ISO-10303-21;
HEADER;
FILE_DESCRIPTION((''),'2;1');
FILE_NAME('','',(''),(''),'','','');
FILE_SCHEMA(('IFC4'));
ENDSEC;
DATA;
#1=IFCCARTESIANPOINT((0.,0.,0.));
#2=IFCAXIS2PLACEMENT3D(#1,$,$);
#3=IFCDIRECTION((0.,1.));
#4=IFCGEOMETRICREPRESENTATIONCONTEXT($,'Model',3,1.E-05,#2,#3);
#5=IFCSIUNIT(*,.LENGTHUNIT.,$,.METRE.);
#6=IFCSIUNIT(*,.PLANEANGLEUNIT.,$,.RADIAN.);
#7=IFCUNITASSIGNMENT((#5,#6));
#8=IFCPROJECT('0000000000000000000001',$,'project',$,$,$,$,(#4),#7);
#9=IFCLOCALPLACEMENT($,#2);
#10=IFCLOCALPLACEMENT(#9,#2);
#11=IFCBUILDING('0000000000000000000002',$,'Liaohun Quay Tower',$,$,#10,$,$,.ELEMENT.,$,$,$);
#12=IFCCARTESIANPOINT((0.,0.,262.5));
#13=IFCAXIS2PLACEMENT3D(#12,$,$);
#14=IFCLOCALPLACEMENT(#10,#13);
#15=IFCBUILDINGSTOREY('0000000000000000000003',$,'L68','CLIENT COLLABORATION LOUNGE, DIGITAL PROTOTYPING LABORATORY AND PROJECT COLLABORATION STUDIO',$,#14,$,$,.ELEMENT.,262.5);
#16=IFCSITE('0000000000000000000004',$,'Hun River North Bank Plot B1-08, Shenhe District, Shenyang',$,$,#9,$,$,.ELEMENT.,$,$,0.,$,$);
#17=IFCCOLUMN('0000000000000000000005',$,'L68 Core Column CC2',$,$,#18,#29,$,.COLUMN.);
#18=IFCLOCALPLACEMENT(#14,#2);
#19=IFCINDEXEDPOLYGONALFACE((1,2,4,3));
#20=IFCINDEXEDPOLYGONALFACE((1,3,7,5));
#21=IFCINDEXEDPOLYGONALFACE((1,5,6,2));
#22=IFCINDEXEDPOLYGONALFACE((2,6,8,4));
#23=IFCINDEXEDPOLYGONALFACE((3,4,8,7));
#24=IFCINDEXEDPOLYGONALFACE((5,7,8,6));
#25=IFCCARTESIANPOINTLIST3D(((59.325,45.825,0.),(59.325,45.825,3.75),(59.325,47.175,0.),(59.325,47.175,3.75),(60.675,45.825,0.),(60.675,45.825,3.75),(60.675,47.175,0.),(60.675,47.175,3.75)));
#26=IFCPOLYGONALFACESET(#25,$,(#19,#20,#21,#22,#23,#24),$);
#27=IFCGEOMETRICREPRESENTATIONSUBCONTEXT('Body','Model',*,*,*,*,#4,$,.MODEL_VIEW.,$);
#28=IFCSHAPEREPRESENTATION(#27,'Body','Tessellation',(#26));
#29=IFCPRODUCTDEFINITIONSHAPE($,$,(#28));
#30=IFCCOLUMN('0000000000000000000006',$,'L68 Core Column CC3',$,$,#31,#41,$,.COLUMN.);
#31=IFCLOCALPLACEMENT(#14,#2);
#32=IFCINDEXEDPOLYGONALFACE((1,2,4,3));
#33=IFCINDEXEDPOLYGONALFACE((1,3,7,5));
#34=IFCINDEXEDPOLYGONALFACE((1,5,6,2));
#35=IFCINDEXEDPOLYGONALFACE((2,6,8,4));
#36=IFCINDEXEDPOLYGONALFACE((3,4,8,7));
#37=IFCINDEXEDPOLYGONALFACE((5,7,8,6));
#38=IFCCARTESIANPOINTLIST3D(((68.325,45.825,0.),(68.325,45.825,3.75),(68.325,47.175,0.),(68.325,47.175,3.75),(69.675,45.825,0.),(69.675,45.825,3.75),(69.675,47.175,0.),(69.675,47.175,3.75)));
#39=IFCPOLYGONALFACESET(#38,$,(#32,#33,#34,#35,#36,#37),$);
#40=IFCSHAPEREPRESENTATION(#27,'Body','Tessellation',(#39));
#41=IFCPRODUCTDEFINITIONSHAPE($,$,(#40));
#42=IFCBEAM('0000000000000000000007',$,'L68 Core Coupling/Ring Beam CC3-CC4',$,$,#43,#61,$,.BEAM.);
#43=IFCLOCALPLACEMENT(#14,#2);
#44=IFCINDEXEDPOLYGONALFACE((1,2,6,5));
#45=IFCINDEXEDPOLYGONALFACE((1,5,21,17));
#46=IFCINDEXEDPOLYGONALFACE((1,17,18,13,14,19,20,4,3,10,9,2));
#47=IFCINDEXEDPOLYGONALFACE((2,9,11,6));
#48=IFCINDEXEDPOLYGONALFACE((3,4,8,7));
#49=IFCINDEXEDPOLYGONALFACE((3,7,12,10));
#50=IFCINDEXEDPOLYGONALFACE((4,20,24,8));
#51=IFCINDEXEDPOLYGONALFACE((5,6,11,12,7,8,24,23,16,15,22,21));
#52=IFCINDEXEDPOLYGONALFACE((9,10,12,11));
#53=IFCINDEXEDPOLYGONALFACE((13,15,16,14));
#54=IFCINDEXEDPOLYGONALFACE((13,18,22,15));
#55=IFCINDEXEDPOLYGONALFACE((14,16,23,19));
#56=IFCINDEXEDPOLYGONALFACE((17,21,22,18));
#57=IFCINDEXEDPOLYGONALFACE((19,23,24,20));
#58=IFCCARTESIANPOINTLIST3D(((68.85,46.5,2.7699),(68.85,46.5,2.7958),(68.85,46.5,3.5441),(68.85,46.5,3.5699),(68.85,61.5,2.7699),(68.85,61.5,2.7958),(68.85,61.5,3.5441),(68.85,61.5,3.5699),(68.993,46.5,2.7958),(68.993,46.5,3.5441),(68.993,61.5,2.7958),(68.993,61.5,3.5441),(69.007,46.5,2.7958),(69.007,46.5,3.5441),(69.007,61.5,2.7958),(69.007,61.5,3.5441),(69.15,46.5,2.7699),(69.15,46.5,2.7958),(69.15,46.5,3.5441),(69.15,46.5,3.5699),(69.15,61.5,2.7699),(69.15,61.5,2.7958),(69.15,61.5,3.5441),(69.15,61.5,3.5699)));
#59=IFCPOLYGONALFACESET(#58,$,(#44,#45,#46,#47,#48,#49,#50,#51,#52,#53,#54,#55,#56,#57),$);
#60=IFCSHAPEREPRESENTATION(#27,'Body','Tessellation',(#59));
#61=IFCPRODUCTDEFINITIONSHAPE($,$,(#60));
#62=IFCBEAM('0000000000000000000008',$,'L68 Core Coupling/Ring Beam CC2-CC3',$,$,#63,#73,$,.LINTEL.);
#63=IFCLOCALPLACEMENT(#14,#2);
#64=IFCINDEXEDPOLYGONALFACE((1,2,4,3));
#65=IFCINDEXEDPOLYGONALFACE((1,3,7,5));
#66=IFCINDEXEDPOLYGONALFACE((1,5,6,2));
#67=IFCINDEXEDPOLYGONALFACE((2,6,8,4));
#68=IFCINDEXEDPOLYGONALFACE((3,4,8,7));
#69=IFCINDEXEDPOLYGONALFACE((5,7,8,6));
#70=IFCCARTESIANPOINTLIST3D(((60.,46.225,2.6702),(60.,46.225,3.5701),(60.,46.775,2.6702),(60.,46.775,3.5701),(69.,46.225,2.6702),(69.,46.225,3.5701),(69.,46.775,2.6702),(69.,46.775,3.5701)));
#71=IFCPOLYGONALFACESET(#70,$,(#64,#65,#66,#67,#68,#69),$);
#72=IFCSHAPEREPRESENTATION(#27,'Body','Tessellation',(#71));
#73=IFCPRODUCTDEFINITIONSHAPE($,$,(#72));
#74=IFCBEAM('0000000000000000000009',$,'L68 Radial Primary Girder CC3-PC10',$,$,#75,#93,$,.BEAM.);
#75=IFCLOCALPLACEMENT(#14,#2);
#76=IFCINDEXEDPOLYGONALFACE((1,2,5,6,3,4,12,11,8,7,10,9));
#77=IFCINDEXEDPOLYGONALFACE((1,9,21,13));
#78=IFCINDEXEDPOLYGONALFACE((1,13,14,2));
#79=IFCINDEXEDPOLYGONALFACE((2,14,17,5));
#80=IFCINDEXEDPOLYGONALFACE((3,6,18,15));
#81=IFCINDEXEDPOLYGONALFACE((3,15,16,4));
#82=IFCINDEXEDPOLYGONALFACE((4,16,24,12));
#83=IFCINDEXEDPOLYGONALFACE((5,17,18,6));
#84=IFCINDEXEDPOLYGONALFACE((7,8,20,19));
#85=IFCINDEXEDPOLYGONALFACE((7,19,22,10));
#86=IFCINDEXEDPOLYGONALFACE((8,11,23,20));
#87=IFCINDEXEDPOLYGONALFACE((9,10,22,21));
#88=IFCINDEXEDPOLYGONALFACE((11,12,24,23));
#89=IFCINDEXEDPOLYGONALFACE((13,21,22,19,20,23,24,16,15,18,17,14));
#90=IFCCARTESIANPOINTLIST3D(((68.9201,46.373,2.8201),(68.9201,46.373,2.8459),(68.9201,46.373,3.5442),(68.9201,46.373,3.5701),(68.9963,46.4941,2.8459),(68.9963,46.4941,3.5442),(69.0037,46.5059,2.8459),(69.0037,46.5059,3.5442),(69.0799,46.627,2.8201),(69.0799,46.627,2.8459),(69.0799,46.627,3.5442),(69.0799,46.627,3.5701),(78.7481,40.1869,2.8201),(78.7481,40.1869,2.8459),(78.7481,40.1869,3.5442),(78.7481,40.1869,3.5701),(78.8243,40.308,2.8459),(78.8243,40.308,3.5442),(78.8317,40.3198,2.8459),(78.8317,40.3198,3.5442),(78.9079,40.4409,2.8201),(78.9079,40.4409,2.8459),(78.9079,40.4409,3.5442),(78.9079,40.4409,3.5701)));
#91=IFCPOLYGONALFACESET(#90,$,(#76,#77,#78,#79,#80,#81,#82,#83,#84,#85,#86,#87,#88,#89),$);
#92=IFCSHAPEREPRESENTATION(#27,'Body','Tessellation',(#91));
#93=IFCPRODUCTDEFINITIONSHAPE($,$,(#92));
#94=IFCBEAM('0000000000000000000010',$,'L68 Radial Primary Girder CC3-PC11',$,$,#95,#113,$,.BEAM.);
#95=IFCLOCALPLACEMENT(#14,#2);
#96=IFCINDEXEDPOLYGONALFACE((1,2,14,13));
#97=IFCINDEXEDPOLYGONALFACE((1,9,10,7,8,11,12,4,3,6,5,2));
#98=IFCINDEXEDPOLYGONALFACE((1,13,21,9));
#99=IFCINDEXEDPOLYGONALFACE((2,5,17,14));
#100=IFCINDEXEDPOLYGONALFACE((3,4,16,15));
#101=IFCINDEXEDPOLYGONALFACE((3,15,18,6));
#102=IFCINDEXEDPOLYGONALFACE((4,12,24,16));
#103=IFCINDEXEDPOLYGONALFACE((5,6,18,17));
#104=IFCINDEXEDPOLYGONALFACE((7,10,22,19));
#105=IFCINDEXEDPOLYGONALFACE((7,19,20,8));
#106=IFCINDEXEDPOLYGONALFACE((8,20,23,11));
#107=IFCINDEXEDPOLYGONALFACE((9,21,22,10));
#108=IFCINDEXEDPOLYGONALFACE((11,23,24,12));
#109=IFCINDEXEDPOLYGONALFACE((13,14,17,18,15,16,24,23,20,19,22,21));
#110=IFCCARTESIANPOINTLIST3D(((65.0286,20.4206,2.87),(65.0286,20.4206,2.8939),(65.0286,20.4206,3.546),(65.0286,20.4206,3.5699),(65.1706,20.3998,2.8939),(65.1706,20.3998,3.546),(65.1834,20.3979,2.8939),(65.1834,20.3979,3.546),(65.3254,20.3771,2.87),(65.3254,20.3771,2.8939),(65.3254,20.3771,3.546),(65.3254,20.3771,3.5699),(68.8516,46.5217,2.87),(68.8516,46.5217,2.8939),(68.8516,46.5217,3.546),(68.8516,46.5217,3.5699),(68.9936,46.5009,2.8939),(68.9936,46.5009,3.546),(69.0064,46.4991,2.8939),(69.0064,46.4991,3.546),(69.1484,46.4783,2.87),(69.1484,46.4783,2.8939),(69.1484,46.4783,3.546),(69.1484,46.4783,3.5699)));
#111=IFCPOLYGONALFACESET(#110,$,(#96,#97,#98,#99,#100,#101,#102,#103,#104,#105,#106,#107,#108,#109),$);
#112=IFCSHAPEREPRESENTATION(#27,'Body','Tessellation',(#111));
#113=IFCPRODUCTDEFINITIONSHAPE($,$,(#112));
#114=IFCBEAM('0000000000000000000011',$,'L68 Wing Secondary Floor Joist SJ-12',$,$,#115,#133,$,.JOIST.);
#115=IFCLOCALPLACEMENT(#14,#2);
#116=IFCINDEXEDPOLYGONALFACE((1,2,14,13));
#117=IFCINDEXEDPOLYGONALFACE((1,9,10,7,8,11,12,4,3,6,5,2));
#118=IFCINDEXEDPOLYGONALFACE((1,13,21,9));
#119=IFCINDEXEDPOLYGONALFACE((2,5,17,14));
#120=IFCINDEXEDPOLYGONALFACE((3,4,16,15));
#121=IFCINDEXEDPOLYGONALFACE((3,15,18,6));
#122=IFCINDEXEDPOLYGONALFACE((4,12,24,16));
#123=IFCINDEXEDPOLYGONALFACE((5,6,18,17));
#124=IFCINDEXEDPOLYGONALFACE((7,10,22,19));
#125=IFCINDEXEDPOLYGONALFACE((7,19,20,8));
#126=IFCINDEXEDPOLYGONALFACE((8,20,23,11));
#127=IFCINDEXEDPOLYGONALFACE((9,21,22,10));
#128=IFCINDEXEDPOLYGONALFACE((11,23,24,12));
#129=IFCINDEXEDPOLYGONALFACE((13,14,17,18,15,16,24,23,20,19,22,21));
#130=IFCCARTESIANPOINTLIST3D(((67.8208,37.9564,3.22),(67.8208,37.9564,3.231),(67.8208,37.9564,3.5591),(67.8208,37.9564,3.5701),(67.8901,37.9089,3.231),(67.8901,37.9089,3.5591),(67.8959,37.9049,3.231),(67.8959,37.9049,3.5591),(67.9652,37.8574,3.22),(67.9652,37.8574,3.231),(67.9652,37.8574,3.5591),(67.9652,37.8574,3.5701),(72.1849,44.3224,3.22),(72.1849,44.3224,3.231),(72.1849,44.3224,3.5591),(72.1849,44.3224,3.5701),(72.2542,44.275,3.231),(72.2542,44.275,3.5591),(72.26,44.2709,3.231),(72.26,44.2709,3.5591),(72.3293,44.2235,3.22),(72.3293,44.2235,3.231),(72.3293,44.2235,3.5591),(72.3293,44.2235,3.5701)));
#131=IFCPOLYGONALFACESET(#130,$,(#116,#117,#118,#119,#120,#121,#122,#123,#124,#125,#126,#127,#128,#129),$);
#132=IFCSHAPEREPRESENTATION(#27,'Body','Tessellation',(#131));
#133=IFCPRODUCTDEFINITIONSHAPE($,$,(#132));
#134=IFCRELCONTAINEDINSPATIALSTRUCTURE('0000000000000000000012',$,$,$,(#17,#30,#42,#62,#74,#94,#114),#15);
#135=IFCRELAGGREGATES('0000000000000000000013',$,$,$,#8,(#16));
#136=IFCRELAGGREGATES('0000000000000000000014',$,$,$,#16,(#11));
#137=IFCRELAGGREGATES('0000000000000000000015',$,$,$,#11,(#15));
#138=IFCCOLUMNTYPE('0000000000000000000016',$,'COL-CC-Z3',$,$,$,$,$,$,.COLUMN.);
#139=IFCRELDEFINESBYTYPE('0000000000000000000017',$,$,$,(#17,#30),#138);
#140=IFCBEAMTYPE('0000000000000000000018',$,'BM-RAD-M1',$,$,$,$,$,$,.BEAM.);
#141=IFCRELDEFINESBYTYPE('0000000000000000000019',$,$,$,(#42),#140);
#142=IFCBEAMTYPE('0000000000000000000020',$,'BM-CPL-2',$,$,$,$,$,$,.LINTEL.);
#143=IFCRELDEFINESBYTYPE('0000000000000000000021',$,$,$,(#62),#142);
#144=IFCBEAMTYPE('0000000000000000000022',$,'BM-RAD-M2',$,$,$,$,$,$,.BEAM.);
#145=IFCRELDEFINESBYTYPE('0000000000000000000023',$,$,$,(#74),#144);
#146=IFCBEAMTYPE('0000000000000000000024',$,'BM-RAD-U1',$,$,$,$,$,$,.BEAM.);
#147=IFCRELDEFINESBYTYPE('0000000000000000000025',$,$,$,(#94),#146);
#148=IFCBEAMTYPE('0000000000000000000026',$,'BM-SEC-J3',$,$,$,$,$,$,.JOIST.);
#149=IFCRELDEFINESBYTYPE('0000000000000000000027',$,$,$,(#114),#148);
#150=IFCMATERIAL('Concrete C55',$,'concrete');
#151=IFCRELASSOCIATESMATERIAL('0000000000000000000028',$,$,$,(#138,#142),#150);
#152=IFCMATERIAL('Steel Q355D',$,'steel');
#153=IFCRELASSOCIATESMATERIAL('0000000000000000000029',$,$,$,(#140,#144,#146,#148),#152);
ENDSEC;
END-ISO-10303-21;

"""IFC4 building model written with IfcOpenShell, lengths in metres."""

from ifc_helpers import new_model, si_unit, direction, frame, origin, origin_2d, place, context, subcontext, project, spatial, rectangle, i_section, extrude, source, transform, mapped, material, material_profile, profile_set, type_object, element, save


model = new_model("IFC4")

# Units and contexts
model_context = context("Model", 3, precision=1e-05, world=origin(), true_north=direction((0.0, 1.0)))
body_context = subcontext(model_context, "Body", "Model", "MODEL_VIEW")
ifc_project = project(units=[si_unit("LENGTHUNIT", "METRE"), si_unit("PLANEANGLEUNIT", "RADIAN")], contexts=[model_context])

# Site, building, storey
site_placement = place(None, origin())
site = spatial("IfcSite", under=ifc_project, at=site_placement, Name="Hun River North Bank Plot B1-08, Shenhe District, Shenyang", CompositionType="ELEMENT", RefElevation=0.0)
building_placement = place(site_placement, origin())
building = spatial("IfcBuilding", under=site, at=building_placement, Name="Liaohun Quay Tower", CompositionType="ELEMENT")
storey_placement = place(building_placement, frame((0.0, 0.0, 262.5)))
storey = spatial("IfcBuildingStorey", under=building, at=storey_placement, Name="L68", Description="CLIENT COLLABORATION LOUNGE, DIGITAL PROTOTYPING LABORATORY AND PROJECT COLLABORATION STUDIO", CompositionType="ELEMENT", Elevation=262.5)

# Columns
ifc_material_1 = material(Name="Concrete C55", Category="concrete")
ifc_material_profile_1 = material_profile(ifc_material_1, rectangle(XDim=1.3501, YDim=1.3501, at=origin_2d()), Name="RC1350x1350")
ifc_profile_set_1 = profile_set([ifc_material_profile_1], Name="Concrete C55")
column_type = type_object("IfcColumnType", Name="COL-CC-Z3", PredefinedType="COLUMN", material=ifc_profile_set_1)
shared_shape_1 = source(origin(), body_context, "Body", "SweptSolid", [
    extrude(rectangle(XDim=1.3501, YDim=1.3501, at=origin_2d()), origin(), (0.0, 0.0, 1.0), 3.75),
])
for number, where, z_axis, x_axis, name in (
    (1, (60.0, 46.5, 0.0), (0.0, 0.0, 1.0), (1.0, 0.0, 0.0), "L68 Core Column CC2"),
    (2, (69.0, 46.5, 0.0), (0.0, 0.0, 1.0), (1.0, 0.0, 0.0), "L68 Core Column CC3"),
):
    element("IfcColumn", number, at=place(storey_placement, frame(where, z_axis=z_axis, x_axis=x_axis)), inside=storey, type_object=column_type, Name=name, PredefinedType="COLUMN", context=body_context, shape_type="MappedRepresentation", body=[
        mapped(shared_shape_1, transform((0.0, 0.0, 0.0), x_axis=(1.0, 0.0, 0.0), y_axis=(0.0, 1.0, 0.0), z_axis=(0.0, 0.0, 1.0), scale=1.0)),
    ])

# Beams
ifc_material_2 = material(Name="Steel Q355D", Category="steel")
ifc_material_profile_2 = material_profile(ifc_material_2, i_section(OverallWidth=0.3, OverallDepth=0.8, WebThickness=0.0139, FlangeThickness=0.0259, at=origin_2d()), Name="HN800x300x14x26")
ifc_profile_set_2 = profile_set([ifc_material_profile_2], Name="Steel Q355D")
beam_type_1 = type_object("IfcBeamType", Name="BM-RAD-M1", PredefinedType="BEAM", material=ifc_profile_set_2)
shared_shape_2 = source(origin(), body_context, "Body", "SweptSolid", [
    extrude(i_section(OverallWidth=0.3, OverallDepth=0.8, WebThickness=0.0139, FlangeThickness=0.0259, at=origin_2d()), origin(), (0.0, 0.0, 1.0), 15.0),
])
beam_1_placement = place(storey_placement, frame((69.0, 46.5, 3.1699), z_axis=(0.0, 1.0, 0.0), x_axis=(-1.0, 0.0, 0.0)))
element("IfcBeam", 3, at=beam_1_placement, inside=storey, type_object=beam_type_1, Name="L68 Core Coupling/Ring Beam CC3-CC4", PredefinedType="BEAM", context=body_context, shape_type="MappedRepresentation", body=[
    mapped(shared_shape_2, transform((0.0, 0.0, 0.0), x_axis=(1.0, 0.0, 0.0), y_axis=(0.0, 1.0, 0.0), z_axis=(0.0, 0.0, 1.0), scale=1.0)),
])
ifc_material_profile_3 = material_profile(ifc_material_1, rectangle(XDim=0.55, YDim=0.8999, at=origin_2d()), Name="RC550x900")
ifc_profile_set_3 = profile_set([ifc_material_profile_3], Name="Concrete C55")
beam_type_2 = type_object("IfcBeamType", Name="BM-CPL-2", PredefinedType="LINTEL", material=ifc_profile_set_3)
shared_shape_3 = source(origin(), body_context, "Body", "SweptSolid", [
    extrude(rectangle(XDim=0.55, YDim=0.8999, at=origin_2d()), origin(), (0.0, 0.0, 1.0), 9.0),
])
beam_2_placement = place(storey_placement, frame((60.0, 46.5, 3.1201), z_axis=(1.0, 0.0, 0.0), x_axis=(0.0, 1.0, 0.0)))
element("IfcBeam", 4, at=beam_2_placement, inside=storey, type_object=beam_type_2, Name="L68 Core Coupling/Ring Beam CC2-CC3", PredefinedType="LINTEL", context=body_context, shape_type="MappedRepresentation", body=[
    mapped(shared_shape_3, transform((0.0, 0.0, 0.0), x_axis=(1.0, 0.0, 0.0), y_axis=(0.0, 1.0, 0.0), z_axis=(0.0, 0.0, 1.0), scale=1.0)),
])
ifc_material_profile_4 = material_profile(ifc_material_2, i_section(OverallWidth=0.3, OverallDepth=0.75, WebThickness=0.0139, FlangeThickness=0.0259, at=origin_2d()), Name="HN750x300x14x26")
ifc_profile_set_4 = profile_set([ifc_material_profile_4], Name="Steel Q355D")
beam_type_3 = type_object("IfcBeamType", Name="BM-RAD-M2", PredefinedType="BEAM", material=ifc_profile_set_4)
shared_shape_4 = source(origin(), body_context, "Body", "SweptSolid", [
    extrude(i_section(OverallWidth=0.3, OverallDepth=0.75, WebThickness=0.0139, FlangeThickness=0.0259, at=origin_2d()), origin(), (0.0, 0.0, 1.0), 11.6128),
])
beam_3_placement = place(storey_placement, frame((69.0, 46.5, 3.1951), z_axis=(0.846306, -0.532697, 0.0), x_axis=(0.532697, 0.846306, 0.0)))
element("IfcBeam", 5, at=beam_3_placement, inside=storey, type_object=beam_type_3, Name="L68 Radial Primary Girder CC3-PC10", PredefinedType="BEAM", context=body_context, shape_type="MappedRepresentation", body=[
    mapped(shared_shape_4, transform((0.0, 0.0, 0.0), x_axis=(1.0, 0.0, 0.0), y_axis=(0.0, 1.0, 0.0), z_axis=(0.0, 0.0, 1.0), scale=1.0)),
])
ifc_material_profile_5 = material_profile(ifc_material_2, i_section(OverallWidth=0.3, OverallDepth=0.7, WebThickness=0.0129, FlangeThickness=0.0239, at=origin_2d()), Name="HN700x300x13x24")
ifc_profile_set_5 = profile_set([ifc_material_profile_5], Name="Steel Q355D")
beam_type_4 = type_object("IfcBeamType", Name="BM-RAD-U1", PredefinedType="BEAM", material=ifc_profile_set_5)
shared_shape_5 = source(origin(), body_context, "Body", "SweptSolid", [
    extrude(i_section(OverallWidth=0.3, OverallDepth=0.7, WebThickness=0.0129, FlangeThickness=0.0239, at=origin_2d()), origin(), (0.0, 0.0, 1.0), 26.3796),
])
beam_4_placement = place(storey_placement, frame((69.0, 46.5, 3.22), z_axis=(-0.144923, -0.989443, 0.0), x_axis=(0.989443, -0.144923, 0.0)))
element("IfcBeam", 6, at=beam_4_placement, inside=storey, type_object=beam_type_4, Name="L68 Radial Primary Girder CC3-PC11", PredefinedType="BEAM", context=body_context, shape_type="MappedRepresentation", body=[
    mapped(shared_shape_5, transform((0.0, 0.0, 0.0), x_axis=(1.0, 0.0, 0.0), y_axis=(0.0, 1.0, 0.0), z_axis=(0.0, 0.0, 1.0), scale=1.0)),
])
ifc_material_profile_6 = material_profile(ifc_material_2, i_section(OverallWidth=0.175, OverallDepth=0.3501, WebThickness=0.0071, FlangeThickness=0.011, at=origin_2d()), Name="HN350x175x7x11")
ifc_profile_set_6 = profile_set([ifc_material_profile_6], Name="Steel Q355D")
beam_type_5 = type_object("IfcBeamType", Name="BM-SEC-J3", PredefinedType="JOIST", material=ifc_profile_set_6)
shared_shape_6 = source(origin(), body_context, "Body", "SweptSolid", [
    extrude(i_section(OverallWidth=0.175, OverallDepth=0.3501, WebThickness=0.0071, FlangeThickness=0.011, at=origin_2d()), origin(), (0.0, 0.0, 1.0), 7.7183),
])
beam_5_placement = place(storey_placement, frame((72.2571, 44.2729, 3.395), z_axis=(-0.565421, -0.824803, 0.0), x_axis=(0.824803, -0.565421, 0.0)))
element("IfcBeam", 7, at=beam_5_placement, inside=storey, type_object=beam_type_5, Name="L68 Wing Secondary Floor Joist SJ-12", PredefinedType="JOIST", context=body_context, shape_type="MappedRepresentation", body=[
    mapped(shared_shape_6, transform((0.0, 0.0, 0.0), x_axis=(1.0, 0.0, 0.0), y_axis=(0.0, 1.0, 0.0), z_axis=(0.0, 0.0, 1.0), scale=1.0)),
])

save(model, "model.ifc")
